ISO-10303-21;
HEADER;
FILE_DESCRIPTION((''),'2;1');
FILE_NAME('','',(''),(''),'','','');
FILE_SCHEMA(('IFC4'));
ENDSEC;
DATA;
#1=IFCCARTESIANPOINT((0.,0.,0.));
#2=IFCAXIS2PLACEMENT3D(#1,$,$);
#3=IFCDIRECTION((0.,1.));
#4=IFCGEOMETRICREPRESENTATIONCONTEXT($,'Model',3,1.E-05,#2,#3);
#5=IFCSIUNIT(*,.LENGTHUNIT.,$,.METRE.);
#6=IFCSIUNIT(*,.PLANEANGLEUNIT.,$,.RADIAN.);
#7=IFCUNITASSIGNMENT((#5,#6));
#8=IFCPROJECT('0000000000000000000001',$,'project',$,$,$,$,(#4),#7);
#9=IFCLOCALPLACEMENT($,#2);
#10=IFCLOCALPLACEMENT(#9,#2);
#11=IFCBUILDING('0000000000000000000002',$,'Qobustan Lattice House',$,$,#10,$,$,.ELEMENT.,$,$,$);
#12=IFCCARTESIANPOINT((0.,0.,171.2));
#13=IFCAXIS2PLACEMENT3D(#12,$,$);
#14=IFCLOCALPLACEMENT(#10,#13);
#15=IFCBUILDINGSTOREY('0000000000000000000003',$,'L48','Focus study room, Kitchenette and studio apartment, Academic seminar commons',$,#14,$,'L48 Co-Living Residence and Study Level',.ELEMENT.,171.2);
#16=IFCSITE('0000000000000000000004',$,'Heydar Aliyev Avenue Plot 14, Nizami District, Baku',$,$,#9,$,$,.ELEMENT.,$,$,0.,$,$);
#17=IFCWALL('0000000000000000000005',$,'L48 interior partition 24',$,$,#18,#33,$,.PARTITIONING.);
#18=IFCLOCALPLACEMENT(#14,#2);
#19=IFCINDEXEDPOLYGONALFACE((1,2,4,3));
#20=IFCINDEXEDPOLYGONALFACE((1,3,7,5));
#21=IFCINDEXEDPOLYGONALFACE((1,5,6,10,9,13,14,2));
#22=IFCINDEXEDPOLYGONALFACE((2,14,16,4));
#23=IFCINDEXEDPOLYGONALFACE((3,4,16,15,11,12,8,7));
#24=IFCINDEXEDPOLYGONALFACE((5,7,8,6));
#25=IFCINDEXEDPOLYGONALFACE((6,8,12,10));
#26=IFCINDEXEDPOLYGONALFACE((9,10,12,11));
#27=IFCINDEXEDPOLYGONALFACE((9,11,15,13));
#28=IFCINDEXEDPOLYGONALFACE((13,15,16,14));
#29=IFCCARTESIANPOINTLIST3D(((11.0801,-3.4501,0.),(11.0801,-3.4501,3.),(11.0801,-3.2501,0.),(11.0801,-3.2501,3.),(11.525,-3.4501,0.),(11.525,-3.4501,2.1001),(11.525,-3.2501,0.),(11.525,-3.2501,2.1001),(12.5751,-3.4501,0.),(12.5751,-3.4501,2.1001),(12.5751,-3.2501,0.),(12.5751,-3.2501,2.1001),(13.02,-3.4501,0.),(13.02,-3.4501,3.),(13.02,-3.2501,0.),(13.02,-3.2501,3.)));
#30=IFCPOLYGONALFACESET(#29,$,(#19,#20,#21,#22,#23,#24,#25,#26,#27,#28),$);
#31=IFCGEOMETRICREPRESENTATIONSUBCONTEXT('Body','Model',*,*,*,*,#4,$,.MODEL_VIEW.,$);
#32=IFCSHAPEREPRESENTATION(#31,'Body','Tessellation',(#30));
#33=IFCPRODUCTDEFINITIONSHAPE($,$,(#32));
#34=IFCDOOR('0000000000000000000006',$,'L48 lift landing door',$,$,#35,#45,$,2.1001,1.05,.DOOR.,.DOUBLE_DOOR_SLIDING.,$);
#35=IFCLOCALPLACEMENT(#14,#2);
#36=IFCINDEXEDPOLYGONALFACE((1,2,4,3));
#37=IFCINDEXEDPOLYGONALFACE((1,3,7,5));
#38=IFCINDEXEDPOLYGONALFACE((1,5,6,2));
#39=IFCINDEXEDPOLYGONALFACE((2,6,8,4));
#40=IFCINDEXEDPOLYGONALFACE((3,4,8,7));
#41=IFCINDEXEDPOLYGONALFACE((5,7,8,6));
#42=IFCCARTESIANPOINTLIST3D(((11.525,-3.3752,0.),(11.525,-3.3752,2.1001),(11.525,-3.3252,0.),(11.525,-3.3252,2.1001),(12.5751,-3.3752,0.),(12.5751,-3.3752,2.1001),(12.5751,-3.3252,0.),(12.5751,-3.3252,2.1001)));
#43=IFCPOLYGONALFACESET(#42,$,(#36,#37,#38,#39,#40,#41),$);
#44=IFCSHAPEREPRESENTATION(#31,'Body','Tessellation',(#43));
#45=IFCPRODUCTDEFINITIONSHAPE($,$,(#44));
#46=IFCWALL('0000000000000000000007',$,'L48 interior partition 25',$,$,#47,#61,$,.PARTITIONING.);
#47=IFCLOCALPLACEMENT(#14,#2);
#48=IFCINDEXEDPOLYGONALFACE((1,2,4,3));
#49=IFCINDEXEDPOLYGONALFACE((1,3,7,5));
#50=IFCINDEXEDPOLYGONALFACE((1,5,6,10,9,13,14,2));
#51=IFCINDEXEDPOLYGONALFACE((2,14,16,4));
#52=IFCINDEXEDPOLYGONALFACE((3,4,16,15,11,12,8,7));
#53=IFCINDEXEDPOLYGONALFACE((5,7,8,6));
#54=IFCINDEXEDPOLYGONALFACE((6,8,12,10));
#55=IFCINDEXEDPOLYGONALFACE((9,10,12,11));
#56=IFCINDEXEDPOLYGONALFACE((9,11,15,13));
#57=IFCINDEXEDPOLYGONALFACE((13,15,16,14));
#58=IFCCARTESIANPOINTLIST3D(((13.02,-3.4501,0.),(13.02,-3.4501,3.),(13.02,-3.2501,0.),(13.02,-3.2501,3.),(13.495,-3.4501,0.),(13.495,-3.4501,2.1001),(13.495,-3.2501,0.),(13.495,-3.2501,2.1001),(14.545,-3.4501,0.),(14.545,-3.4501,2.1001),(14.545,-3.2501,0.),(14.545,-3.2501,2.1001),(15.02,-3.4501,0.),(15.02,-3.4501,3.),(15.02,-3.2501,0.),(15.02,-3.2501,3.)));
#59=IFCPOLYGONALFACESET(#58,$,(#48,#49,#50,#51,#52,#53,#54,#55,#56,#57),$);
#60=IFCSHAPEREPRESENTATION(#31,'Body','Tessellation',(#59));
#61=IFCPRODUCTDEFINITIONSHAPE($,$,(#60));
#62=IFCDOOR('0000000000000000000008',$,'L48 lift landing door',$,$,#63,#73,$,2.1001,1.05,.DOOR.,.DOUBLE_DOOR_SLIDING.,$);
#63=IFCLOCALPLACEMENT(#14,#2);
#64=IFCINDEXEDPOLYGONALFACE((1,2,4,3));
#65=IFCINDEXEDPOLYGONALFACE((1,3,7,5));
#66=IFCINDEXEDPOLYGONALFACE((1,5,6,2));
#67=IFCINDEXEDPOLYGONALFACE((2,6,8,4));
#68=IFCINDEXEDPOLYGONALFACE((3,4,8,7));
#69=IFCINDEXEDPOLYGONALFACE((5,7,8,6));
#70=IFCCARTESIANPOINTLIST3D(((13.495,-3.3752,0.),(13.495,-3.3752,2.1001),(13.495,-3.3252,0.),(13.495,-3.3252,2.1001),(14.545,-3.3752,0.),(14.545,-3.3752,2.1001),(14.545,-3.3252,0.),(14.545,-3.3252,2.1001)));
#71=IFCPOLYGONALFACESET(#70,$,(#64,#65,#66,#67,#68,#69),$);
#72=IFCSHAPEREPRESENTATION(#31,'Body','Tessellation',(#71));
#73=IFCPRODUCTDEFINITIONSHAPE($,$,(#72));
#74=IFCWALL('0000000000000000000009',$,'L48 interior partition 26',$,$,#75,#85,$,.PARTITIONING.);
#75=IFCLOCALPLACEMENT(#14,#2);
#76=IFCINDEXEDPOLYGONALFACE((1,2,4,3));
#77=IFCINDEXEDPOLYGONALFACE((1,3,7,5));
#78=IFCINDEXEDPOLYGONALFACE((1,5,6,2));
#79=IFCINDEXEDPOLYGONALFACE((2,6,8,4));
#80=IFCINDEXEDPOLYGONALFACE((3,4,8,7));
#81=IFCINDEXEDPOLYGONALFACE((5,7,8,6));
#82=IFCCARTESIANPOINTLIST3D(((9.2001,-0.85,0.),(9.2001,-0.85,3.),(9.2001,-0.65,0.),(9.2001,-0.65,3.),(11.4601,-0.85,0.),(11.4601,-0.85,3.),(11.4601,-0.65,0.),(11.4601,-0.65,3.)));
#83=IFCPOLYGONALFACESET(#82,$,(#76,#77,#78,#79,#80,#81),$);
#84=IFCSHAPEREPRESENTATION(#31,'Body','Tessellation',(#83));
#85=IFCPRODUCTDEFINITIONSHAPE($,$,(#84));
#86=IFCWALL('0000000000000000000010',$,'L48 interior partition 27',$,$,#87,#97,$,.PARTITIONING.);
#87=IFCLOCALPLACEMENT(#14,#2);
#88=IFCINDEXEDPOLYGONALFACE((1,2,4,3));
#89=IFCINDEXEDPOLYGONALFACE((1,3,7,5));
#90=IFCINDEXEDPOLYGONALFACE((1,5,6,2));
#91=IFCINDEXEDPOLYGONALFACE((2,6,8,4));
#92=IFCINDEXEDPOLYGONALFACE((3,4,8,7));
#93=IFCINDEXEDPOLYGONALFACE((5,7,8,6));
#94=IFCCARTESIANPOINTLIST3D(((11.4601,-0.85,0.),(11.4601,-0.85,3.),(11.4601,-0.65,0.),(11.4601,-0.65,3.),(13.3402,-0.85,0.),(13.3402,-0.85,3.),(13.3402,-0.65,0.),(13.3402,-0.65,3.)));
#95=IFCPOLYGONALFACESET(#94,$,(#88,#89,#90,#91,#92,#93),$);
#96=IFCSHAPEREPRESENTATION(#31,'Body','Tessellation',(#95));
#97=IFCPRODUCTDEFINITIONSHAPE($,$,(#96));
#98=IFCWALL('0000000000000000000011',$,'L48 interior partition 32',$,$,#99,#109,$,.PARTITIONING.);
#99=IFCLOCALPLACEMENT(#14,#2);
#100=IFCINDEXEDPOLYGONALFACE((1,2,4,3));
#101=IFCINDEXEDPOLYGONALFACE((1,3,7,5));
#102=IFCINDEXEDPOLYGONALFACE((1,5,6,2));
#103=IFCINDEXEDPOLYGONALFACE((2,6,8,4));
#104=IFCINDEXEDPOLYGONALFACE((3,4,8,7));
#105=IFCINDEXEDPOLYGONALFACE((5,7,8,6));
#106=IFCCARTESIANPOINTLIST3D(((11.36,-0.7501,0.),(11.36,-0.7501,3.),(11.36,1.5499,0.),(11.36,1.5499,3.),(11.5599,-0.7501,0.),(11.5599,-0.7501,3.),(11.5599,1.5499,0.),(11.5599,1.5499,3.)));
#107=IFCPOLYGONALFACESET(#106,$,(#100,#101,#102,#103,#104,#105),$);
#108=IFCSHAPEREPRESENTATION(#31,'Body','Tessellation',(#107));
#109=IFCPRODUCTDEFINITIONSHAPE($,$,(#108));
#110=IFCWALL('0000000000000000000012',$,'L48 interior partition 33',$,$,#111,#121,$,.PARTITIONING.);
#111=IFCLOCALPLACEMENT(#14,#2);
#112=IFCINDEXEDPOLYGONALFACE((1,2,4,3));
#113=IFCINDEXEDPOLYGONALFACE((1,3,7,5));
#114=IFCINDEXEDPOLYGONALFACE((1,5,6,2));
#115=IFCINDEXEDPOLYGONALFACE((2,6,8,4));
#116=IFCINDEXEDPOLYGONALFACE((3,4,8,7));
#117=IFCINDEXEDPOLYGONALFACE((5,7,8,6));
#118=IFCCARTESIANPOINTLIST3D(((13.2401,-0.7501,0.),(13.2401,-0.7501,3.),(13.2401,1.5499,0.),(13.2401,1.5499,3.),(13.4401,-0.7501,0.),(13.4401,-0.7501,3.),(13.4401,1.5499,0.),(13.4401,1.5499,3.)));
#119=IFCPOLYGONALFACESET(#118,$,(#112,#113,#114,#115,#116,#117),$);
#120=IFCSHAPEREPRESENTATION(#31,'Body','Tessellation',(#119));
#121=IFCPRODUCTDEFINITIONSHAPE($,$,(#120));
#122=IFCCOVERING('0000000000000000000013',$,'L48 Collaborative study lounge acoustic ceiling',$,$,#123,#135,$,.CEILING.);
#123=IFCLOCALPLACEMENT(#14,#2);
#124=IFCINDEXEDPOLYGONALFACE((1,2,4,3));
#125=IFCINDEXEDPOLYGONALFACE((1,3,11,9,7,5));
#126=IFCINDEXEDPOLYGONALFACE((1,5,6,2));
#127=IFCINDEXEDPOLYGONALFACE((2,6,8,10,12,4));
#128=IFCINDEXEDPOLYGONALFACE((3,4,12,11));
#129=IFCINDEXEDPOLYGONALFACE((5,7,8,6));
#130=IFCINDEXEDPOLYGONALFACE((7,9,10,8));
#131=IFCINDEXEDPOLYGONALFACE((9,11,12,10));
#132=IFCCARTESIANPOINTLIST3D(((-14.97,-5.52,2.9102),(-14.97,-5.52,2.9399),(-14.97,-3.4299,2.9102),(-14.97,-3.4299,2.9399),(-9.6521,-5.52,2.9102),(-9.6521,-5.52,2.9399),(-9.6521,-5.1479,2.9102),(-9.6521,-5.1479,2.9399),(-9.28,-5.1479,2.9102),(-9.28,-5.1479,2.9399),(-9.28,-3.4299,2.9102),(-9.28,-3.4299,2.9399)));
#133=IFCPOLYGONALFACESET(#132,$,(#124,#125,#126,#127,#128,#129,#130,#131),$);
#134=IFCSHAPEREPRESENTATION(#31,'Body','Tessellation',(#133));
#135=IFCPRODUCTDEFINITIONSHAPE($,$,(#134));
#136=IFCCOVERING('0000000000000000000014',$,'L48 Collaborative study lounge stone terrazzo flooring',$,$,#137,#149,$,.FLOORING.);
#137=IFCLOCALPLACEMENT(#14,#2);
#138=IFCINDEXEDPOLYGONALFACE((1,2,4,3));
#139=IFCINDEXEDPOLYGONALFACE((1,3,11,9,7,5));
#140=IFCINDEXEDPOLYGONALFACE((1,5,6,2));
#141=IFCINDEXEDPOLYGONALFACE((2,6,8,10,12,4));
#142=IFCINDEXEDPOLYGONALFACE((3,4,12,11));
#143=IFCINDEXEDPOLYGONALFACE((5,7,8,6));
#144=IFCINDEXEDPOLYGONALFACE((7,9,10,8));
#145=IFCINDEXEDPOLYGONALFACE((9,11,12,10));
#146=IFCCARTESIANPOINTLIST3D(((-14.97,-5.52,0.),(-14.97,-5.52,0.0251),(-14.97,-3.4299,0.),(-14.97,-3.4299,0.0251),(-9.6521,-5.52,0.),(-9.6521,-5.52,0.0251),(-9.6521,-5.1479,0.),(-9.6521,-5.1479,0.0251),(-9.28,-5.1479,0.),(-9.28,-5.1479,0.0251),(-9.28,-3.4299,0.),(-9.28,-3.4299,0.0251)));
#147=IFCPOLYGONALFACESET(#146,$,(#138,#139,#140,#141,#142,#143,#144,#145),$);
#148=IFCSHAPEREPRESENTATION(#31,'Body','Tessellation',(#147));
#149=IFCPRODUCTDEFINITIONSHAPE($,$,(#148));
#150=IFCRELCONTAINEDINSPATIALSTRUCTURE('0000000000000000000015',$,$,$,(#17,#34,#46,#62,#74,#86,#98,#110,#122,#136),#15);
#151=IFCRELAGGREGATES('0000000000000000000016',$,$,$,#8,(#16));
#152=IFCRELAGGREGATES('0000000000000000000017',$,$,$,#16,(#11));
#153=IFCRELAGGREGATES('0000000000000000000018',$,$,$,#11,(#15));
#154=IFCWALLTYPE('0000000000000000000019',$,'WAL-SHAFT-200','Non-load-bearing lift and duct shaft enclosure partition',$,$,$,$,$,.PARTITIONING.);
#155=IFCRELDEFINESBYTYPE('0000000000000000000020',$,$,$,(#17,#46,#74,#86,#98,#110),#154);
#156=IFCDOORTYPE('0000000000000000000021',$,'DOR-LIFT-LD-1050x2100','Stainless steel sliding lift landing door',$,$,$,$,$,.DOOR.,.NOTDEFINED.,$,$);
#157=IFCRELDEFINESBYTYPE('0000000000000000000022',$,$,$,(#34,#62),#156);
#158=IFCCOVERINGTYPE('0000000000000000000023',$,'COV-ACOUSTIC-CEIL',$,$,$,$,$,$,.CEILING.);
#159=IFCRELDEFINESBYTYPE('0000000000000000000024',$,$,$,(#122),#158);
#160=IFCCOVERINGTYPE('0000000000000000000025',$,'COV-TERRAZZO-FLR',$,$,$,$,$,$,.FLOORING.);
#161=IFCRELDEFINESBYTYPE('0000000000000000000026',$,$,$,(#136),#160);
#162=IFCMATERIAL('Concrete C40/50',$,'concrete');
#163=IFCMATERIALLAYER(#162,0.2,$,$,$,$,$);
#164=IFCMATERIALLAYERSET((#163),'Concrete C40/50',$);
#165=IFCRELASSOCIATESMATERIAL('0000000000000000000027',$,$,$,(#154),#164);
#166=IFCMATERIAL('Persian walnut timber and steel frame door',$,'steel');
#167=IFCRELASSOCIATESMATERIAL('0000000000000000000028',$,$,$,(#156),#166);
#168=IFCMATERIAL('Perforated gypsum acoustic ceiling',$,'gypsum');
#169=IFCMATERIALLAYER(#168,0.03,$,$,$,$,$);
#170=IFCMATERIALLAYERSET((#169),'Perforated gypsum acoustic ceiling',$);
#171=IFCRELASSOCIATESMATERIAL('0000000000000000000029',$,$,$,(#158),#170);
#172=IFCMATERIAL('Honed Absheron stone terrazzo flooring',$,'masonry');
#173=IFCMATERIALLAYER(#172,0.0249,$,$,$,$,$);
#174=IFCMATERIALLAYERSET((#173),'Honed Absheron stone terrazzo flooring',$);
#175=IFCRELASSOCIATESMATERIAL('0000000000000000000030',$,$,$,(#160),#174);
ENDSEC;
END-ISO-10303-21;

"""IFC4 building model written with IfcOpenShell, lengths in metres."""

from ifc_helpers import new_model, si_unit, direction, frame, frame_2d, origin, place, context, subcontext, project, spatial, polyline, rectangle, outline, extrude, material, layer, layer_set, type_object, element, fill, save


model = new_model("IFC4")

# Units and contexts
model_context = context("Model", 3, precision=1e-05, world=origin(), true_north=direction((0.0, 1.0)))
body_context = subcontext(model_context, "Body", "Model", "MODEL_VIEW")
ifc_project = project(units=[si_unit("LENGTHUNIT", "METRE"), si_unit("PLANEANGLEUNIT", "RADIAN")], contexts=[model_context])

# Site, building, storey
site_placement = place(None, origin())
site = spatial("IfcSite", under=ifc_project, at=site_placement, Name="Heydar Aliyev Avenue Plot 14, Nizami District, Baku", CompositionType="ELEMENT", RefElevation=0.0)
building_placement = place(site_placement, origin())
building = spatial("IfcBuilding", under=site, at=building_placement, Name="Qobustan Lattice House", CompositionType="ELEMENT")
storey_placement = place(building_placement, frame((0.0, 0.0, 171.2)))
storey = spatial("IfcBuildingStorey", under=building, at=storey_placement, Name="L48", Description="Focus study room, Kitchenette and studio apartment, Academic seminar commons", LongName="L48 Co-Living Residence and Study Level", CompositionType="ELEMENT", Elevation=171.2)

# Shared definitions
ifc_material_1 = material(Name="Concrete C40/50", Category="concrete")
ifc_layer_1 = layer(ifc_material_1, 0.2)
ifc_layer_set_1 = layer_set([ifc_layer_1], Name="Concrete C40/50")
wall_type_1 = type_object("IfcWallType", Name="WAL-SHAFT-200", Description="Non-load-bearing lift and duct shaft enclosure partition", PredefinedType="PARTITIONING", material=ifc_layer_set_1)

# Walls, openings, doors
wall_1_placement = place(storey_placement, frame((11.0801, -3.3501, 0.0), z_axis=(0.0, 0.0, 1.0), x_axis=(1.0, 0.0, 0.0)))
wall_1 = element("IfcWall", 1, at=wall_1_placement, inside=storey, type_object=wall_type_1, Name="L48 interior partition 24", PredefinedType="PARTITIONING", context=body_context, shape_type="SweptSolid", body=[
    extrude(rectangle(XDim=1.9399, YDim=0.2, at=frame_2d((0.97, 0.0))), origin(), (0.0, 0.0, 1.0), 3.0),
])
opening_1_placement = place(wall_1_placement, frame((0.4451, 0.0, 0.0)))
opening_1 = element("IfcOpeningElement", 2, at=opening_1_placement, cuts=wall_1, PredefinedType="OPENING", context=body_context, shape_type="SweptSolid", body=[
    extrude(rectangle(XDim=1.05, YDim=2.1001, at=frame_2d((0.5249, 1.05))), frame((0.0, 0.1099, 0.0), z_axis=(0.0, -1.0, 0.0), x_axis=(1.0, 0.0, 0.0)), (0.0, 0.0, 1.0), 0.22),
])
ifc_material_2 = material(Name="Persian walnut timber and steel frame door", Category="steel")
door_type_1 = type_object("IfcDoorType", Name="DOR-LIFT-LD-1050x2100", Description="Stainless steel sliding lift landing door", OperationType="NOTDEFINED", PredefinedType="DOOR", material=ifc_material_2)
door_1_placement = place(opening_1_placement, origin())
door_1 = element("IfcDoor", 3, at=door_1_placement, inside=storey, type_object=door_type_1, Name="L48 lift landing door", OperationType="DOUBLE_DOOR_SLIDING", OverallHeight=2.1001, OverallWidth=1.05, PredefinedType="DOOR", context=body_context, shape_type="SweptSolid", body=[
    extrude(rectangle(XDim=1.05, YDim=2.1001, at=frame_2d((0.5249, 1.05))), frame((0.0, 0.0249, 0.0), z_axis=(0.0, -1.0, 0.0), x_axis=(1.0, 0.0, 0.0)), (0.0, 0.0, 1.0), 0.05),
])
fill(opening_1, door_1)
wall_2_placement = place(storey_placement, frame((13.02, -3.3501, 0.0), z_axis=(0.0, 0.0, 1.0), x_axis=(1.0, 0.0, 0.0)))
wall_2 = element("IfcWall", 4, at=wall_2_placement, inside=storey, type_object=wall_type_1, Name="L48 interior partition 25", PredefinedType="PARTITIONING", context=body_context, shape_type="SweptSolid", body=[
    extrude(rectangle(XDim=2.0, YDim=0.2, at=frame_2d((1.0, 0.0))), origin(), (0.0, 0.0, 1.0), 3.0),
])
opening_2_placement = place(wall_2_placement, frame((0.4751, 0.0, 0.0)))
opening_2 = element("IfcOpeningElement", 5, at=opening_2_placement, cuts=wall_2, PredefinedType="OPENING", context=body_context, shape_type="SweptSolid", body=[
    extrude(rectangle(XDim=1.05, YDim=2.1001, at=frame_2d((0.5249, 1.05))), frame((0.0, 0.1099, 0.0), z_axis=(0.0, -1.0, 0.0), x_axis=(1.0, 0.0, 0.0)), (0.0, 0.0, 1.0), 0.22),
])
door_2_placement = place(opening_2_placement, origin())
door_2 = element("IfcDoor", 6, at=door_2_placement, inside=storey, type_object=door_type_1, Name="L48 lift landing door", OperationType="DOUBLE_DOOR_SLIDING", OverallHeight=2.1001, OverallWidth=1.05, PredefinedType="DOOR", context=body_context, shape_type="SweptSolid", body=[
    extrude(rectangle(XDim=1.05, YDim=2.1001, at=frame_2d((0.5249, 1.05))), frame((0.0, 0.0249, 0.0), z_axis=(0.0, -1.0, 0.0), x_axis=(1.0, 0.0, 0.0)), (0.0, 0.0, 1.0), 0.05),
])
fill(opening_2, door_2)

# Walls
wall_3_placement = place(storey_placement, frame((11.46, -0.75, 0.0), z_axis=(0.0, 0.0, 1.0), x_axis=(-1.0, 0.0, 0.0)))
element("IfcWall", 7, at=wall_3_placement, inside=storey, type_object=wall_type_1, Name="L48 interior partition 26", PredefinedType="PARTITIONING", context=body_context, shape_type="SweptSolid", body=[
    extrude(rectangle(XDim=2.26, YDim=0.2, at=frame_2d((1.1299, 0.0))), origin(), (0.0, 0.0, 1.0), 3.0),
])
wall_4_placement = place(storey_placement, frame((13.3401, -0.75, 0.0), z_axis=(0.0, 0.0, 1.0), x_axis=(-1.0, 0.0, 0.0)))
element("IfcWall", 8, at=wall_4_placement, inside=storey, type_object=wall_type_1, Name="L48 interior partition 27", PredefinedType="PARTITIONING", context=body_context, shape_type="SweptSolid", body=[
    extrude(rectangle(XDim=1.8801, YDim=0.2, at=frame_2d((0.9399, 0.0))), origin(), (0.0, 0.0, 1.0), 3.0),
])
for number, where, z_axis, x_axis, name in (
    (9, (11.46, -0.75, 0.0), (0.0, 0.0, 1.0), (0.0, 1.0, 0.0), "L48 interior partition 32"),
    (10, (13.3401, -0.75, 0.0), (0.0, 0.0, 1.0), (0.0, 1.0, 0.0), "L48 interior partition 33"),
):
    element("IfcWall", number, at=place(storey_placement, frame(where, z_axis=z_axis, x_axis=x_axis)), inside=storey, type_object=wall_type_1, Name=name, PredefinedType="PARTITIONING", context=body_context, shape_type="SweptSolid", body=[
        extrude(rectangle(XDim=2.3, YDim=0.2, at=frame_2d((1.1499, 0.0))), origin(), (0.0, 0.0, 1.0), 3.0),
    ])

# Coverings
ifc_material_3 = material(Name="Perforated gypsum acoustic ceiling", Category="gypsum")
ifc_layer_2 = layer(ifc_material_3, 0.03)
ifc_layer_set_2 = layer_set([ifc_layer_2], Name="Perforated gypsum acoustic ceiling")
covering_type_1 = type_object("IfcCoveringType", Name="COV-ACOUSTIC-CEIL", PredefinedType="CEILING", material=ifc_layer_set_2)
covering_1_placement = place(storey_placement, frame((0.0, 0.0, 2.9102)))
element("IfcCovering", 11, at=covering_1_placement, inside=storey, type_object=covering_type_1, Name="L48 Collaborative study lounge acoustic ceiling", PredefinedType="CEILING", context=body_context, shape_type="SweptSolid", body=[
    extrude(outline(polyline([(-14.97, -3.4299), (-14.97, -5.52), (-9.6521, -5.52), (-9.6521, -5.1479), (-9.28, -5.1479), (-9.28, -3.4299), (-14.97, -3.4299)])), origin(), (0.0, 0.0, 1.0), 0.0298),
])
ifc_material_4 = material(Name="Honed Absheron stone terrazzo flooring", Category="masonry")
ifc_layer_3 = layer(ifc_material_4, 0.0249)
ifc_layer_set_3 = layer_set([ifc_layer_3], Name="Honed Absheron stone terrazzo flooring")
covering_type_2 = type_object("IfcCoveringType", Name="COV-TERRAZZO-FLR", PredefinedType="FLOORING", material=ifc_layer_set_3)
covering_2_placement = place(storey_placement, origin())
element("IfcCovering", 12, at=covering_2_placement, inside=storey, type_object=covering_type_2, Name="L48 Collaborative study lounge stone terrazzo flooring", PredefinedType="FLOORING", context=body_context, shape_type="SweptSolid", body=[
    extrude(outline(polyline([(-14.97, -3.4299), (-14.97, -5.52), (-9.6521, -5.52), (-9.6521, -5.1479), (-9.28, -5.1479), (-9.28, -3.4299), (-14.97, -3.4299)])), origin(), (0.0, 0.0, 1.0), 0.0251),
])

save(model, "model.ifc")
